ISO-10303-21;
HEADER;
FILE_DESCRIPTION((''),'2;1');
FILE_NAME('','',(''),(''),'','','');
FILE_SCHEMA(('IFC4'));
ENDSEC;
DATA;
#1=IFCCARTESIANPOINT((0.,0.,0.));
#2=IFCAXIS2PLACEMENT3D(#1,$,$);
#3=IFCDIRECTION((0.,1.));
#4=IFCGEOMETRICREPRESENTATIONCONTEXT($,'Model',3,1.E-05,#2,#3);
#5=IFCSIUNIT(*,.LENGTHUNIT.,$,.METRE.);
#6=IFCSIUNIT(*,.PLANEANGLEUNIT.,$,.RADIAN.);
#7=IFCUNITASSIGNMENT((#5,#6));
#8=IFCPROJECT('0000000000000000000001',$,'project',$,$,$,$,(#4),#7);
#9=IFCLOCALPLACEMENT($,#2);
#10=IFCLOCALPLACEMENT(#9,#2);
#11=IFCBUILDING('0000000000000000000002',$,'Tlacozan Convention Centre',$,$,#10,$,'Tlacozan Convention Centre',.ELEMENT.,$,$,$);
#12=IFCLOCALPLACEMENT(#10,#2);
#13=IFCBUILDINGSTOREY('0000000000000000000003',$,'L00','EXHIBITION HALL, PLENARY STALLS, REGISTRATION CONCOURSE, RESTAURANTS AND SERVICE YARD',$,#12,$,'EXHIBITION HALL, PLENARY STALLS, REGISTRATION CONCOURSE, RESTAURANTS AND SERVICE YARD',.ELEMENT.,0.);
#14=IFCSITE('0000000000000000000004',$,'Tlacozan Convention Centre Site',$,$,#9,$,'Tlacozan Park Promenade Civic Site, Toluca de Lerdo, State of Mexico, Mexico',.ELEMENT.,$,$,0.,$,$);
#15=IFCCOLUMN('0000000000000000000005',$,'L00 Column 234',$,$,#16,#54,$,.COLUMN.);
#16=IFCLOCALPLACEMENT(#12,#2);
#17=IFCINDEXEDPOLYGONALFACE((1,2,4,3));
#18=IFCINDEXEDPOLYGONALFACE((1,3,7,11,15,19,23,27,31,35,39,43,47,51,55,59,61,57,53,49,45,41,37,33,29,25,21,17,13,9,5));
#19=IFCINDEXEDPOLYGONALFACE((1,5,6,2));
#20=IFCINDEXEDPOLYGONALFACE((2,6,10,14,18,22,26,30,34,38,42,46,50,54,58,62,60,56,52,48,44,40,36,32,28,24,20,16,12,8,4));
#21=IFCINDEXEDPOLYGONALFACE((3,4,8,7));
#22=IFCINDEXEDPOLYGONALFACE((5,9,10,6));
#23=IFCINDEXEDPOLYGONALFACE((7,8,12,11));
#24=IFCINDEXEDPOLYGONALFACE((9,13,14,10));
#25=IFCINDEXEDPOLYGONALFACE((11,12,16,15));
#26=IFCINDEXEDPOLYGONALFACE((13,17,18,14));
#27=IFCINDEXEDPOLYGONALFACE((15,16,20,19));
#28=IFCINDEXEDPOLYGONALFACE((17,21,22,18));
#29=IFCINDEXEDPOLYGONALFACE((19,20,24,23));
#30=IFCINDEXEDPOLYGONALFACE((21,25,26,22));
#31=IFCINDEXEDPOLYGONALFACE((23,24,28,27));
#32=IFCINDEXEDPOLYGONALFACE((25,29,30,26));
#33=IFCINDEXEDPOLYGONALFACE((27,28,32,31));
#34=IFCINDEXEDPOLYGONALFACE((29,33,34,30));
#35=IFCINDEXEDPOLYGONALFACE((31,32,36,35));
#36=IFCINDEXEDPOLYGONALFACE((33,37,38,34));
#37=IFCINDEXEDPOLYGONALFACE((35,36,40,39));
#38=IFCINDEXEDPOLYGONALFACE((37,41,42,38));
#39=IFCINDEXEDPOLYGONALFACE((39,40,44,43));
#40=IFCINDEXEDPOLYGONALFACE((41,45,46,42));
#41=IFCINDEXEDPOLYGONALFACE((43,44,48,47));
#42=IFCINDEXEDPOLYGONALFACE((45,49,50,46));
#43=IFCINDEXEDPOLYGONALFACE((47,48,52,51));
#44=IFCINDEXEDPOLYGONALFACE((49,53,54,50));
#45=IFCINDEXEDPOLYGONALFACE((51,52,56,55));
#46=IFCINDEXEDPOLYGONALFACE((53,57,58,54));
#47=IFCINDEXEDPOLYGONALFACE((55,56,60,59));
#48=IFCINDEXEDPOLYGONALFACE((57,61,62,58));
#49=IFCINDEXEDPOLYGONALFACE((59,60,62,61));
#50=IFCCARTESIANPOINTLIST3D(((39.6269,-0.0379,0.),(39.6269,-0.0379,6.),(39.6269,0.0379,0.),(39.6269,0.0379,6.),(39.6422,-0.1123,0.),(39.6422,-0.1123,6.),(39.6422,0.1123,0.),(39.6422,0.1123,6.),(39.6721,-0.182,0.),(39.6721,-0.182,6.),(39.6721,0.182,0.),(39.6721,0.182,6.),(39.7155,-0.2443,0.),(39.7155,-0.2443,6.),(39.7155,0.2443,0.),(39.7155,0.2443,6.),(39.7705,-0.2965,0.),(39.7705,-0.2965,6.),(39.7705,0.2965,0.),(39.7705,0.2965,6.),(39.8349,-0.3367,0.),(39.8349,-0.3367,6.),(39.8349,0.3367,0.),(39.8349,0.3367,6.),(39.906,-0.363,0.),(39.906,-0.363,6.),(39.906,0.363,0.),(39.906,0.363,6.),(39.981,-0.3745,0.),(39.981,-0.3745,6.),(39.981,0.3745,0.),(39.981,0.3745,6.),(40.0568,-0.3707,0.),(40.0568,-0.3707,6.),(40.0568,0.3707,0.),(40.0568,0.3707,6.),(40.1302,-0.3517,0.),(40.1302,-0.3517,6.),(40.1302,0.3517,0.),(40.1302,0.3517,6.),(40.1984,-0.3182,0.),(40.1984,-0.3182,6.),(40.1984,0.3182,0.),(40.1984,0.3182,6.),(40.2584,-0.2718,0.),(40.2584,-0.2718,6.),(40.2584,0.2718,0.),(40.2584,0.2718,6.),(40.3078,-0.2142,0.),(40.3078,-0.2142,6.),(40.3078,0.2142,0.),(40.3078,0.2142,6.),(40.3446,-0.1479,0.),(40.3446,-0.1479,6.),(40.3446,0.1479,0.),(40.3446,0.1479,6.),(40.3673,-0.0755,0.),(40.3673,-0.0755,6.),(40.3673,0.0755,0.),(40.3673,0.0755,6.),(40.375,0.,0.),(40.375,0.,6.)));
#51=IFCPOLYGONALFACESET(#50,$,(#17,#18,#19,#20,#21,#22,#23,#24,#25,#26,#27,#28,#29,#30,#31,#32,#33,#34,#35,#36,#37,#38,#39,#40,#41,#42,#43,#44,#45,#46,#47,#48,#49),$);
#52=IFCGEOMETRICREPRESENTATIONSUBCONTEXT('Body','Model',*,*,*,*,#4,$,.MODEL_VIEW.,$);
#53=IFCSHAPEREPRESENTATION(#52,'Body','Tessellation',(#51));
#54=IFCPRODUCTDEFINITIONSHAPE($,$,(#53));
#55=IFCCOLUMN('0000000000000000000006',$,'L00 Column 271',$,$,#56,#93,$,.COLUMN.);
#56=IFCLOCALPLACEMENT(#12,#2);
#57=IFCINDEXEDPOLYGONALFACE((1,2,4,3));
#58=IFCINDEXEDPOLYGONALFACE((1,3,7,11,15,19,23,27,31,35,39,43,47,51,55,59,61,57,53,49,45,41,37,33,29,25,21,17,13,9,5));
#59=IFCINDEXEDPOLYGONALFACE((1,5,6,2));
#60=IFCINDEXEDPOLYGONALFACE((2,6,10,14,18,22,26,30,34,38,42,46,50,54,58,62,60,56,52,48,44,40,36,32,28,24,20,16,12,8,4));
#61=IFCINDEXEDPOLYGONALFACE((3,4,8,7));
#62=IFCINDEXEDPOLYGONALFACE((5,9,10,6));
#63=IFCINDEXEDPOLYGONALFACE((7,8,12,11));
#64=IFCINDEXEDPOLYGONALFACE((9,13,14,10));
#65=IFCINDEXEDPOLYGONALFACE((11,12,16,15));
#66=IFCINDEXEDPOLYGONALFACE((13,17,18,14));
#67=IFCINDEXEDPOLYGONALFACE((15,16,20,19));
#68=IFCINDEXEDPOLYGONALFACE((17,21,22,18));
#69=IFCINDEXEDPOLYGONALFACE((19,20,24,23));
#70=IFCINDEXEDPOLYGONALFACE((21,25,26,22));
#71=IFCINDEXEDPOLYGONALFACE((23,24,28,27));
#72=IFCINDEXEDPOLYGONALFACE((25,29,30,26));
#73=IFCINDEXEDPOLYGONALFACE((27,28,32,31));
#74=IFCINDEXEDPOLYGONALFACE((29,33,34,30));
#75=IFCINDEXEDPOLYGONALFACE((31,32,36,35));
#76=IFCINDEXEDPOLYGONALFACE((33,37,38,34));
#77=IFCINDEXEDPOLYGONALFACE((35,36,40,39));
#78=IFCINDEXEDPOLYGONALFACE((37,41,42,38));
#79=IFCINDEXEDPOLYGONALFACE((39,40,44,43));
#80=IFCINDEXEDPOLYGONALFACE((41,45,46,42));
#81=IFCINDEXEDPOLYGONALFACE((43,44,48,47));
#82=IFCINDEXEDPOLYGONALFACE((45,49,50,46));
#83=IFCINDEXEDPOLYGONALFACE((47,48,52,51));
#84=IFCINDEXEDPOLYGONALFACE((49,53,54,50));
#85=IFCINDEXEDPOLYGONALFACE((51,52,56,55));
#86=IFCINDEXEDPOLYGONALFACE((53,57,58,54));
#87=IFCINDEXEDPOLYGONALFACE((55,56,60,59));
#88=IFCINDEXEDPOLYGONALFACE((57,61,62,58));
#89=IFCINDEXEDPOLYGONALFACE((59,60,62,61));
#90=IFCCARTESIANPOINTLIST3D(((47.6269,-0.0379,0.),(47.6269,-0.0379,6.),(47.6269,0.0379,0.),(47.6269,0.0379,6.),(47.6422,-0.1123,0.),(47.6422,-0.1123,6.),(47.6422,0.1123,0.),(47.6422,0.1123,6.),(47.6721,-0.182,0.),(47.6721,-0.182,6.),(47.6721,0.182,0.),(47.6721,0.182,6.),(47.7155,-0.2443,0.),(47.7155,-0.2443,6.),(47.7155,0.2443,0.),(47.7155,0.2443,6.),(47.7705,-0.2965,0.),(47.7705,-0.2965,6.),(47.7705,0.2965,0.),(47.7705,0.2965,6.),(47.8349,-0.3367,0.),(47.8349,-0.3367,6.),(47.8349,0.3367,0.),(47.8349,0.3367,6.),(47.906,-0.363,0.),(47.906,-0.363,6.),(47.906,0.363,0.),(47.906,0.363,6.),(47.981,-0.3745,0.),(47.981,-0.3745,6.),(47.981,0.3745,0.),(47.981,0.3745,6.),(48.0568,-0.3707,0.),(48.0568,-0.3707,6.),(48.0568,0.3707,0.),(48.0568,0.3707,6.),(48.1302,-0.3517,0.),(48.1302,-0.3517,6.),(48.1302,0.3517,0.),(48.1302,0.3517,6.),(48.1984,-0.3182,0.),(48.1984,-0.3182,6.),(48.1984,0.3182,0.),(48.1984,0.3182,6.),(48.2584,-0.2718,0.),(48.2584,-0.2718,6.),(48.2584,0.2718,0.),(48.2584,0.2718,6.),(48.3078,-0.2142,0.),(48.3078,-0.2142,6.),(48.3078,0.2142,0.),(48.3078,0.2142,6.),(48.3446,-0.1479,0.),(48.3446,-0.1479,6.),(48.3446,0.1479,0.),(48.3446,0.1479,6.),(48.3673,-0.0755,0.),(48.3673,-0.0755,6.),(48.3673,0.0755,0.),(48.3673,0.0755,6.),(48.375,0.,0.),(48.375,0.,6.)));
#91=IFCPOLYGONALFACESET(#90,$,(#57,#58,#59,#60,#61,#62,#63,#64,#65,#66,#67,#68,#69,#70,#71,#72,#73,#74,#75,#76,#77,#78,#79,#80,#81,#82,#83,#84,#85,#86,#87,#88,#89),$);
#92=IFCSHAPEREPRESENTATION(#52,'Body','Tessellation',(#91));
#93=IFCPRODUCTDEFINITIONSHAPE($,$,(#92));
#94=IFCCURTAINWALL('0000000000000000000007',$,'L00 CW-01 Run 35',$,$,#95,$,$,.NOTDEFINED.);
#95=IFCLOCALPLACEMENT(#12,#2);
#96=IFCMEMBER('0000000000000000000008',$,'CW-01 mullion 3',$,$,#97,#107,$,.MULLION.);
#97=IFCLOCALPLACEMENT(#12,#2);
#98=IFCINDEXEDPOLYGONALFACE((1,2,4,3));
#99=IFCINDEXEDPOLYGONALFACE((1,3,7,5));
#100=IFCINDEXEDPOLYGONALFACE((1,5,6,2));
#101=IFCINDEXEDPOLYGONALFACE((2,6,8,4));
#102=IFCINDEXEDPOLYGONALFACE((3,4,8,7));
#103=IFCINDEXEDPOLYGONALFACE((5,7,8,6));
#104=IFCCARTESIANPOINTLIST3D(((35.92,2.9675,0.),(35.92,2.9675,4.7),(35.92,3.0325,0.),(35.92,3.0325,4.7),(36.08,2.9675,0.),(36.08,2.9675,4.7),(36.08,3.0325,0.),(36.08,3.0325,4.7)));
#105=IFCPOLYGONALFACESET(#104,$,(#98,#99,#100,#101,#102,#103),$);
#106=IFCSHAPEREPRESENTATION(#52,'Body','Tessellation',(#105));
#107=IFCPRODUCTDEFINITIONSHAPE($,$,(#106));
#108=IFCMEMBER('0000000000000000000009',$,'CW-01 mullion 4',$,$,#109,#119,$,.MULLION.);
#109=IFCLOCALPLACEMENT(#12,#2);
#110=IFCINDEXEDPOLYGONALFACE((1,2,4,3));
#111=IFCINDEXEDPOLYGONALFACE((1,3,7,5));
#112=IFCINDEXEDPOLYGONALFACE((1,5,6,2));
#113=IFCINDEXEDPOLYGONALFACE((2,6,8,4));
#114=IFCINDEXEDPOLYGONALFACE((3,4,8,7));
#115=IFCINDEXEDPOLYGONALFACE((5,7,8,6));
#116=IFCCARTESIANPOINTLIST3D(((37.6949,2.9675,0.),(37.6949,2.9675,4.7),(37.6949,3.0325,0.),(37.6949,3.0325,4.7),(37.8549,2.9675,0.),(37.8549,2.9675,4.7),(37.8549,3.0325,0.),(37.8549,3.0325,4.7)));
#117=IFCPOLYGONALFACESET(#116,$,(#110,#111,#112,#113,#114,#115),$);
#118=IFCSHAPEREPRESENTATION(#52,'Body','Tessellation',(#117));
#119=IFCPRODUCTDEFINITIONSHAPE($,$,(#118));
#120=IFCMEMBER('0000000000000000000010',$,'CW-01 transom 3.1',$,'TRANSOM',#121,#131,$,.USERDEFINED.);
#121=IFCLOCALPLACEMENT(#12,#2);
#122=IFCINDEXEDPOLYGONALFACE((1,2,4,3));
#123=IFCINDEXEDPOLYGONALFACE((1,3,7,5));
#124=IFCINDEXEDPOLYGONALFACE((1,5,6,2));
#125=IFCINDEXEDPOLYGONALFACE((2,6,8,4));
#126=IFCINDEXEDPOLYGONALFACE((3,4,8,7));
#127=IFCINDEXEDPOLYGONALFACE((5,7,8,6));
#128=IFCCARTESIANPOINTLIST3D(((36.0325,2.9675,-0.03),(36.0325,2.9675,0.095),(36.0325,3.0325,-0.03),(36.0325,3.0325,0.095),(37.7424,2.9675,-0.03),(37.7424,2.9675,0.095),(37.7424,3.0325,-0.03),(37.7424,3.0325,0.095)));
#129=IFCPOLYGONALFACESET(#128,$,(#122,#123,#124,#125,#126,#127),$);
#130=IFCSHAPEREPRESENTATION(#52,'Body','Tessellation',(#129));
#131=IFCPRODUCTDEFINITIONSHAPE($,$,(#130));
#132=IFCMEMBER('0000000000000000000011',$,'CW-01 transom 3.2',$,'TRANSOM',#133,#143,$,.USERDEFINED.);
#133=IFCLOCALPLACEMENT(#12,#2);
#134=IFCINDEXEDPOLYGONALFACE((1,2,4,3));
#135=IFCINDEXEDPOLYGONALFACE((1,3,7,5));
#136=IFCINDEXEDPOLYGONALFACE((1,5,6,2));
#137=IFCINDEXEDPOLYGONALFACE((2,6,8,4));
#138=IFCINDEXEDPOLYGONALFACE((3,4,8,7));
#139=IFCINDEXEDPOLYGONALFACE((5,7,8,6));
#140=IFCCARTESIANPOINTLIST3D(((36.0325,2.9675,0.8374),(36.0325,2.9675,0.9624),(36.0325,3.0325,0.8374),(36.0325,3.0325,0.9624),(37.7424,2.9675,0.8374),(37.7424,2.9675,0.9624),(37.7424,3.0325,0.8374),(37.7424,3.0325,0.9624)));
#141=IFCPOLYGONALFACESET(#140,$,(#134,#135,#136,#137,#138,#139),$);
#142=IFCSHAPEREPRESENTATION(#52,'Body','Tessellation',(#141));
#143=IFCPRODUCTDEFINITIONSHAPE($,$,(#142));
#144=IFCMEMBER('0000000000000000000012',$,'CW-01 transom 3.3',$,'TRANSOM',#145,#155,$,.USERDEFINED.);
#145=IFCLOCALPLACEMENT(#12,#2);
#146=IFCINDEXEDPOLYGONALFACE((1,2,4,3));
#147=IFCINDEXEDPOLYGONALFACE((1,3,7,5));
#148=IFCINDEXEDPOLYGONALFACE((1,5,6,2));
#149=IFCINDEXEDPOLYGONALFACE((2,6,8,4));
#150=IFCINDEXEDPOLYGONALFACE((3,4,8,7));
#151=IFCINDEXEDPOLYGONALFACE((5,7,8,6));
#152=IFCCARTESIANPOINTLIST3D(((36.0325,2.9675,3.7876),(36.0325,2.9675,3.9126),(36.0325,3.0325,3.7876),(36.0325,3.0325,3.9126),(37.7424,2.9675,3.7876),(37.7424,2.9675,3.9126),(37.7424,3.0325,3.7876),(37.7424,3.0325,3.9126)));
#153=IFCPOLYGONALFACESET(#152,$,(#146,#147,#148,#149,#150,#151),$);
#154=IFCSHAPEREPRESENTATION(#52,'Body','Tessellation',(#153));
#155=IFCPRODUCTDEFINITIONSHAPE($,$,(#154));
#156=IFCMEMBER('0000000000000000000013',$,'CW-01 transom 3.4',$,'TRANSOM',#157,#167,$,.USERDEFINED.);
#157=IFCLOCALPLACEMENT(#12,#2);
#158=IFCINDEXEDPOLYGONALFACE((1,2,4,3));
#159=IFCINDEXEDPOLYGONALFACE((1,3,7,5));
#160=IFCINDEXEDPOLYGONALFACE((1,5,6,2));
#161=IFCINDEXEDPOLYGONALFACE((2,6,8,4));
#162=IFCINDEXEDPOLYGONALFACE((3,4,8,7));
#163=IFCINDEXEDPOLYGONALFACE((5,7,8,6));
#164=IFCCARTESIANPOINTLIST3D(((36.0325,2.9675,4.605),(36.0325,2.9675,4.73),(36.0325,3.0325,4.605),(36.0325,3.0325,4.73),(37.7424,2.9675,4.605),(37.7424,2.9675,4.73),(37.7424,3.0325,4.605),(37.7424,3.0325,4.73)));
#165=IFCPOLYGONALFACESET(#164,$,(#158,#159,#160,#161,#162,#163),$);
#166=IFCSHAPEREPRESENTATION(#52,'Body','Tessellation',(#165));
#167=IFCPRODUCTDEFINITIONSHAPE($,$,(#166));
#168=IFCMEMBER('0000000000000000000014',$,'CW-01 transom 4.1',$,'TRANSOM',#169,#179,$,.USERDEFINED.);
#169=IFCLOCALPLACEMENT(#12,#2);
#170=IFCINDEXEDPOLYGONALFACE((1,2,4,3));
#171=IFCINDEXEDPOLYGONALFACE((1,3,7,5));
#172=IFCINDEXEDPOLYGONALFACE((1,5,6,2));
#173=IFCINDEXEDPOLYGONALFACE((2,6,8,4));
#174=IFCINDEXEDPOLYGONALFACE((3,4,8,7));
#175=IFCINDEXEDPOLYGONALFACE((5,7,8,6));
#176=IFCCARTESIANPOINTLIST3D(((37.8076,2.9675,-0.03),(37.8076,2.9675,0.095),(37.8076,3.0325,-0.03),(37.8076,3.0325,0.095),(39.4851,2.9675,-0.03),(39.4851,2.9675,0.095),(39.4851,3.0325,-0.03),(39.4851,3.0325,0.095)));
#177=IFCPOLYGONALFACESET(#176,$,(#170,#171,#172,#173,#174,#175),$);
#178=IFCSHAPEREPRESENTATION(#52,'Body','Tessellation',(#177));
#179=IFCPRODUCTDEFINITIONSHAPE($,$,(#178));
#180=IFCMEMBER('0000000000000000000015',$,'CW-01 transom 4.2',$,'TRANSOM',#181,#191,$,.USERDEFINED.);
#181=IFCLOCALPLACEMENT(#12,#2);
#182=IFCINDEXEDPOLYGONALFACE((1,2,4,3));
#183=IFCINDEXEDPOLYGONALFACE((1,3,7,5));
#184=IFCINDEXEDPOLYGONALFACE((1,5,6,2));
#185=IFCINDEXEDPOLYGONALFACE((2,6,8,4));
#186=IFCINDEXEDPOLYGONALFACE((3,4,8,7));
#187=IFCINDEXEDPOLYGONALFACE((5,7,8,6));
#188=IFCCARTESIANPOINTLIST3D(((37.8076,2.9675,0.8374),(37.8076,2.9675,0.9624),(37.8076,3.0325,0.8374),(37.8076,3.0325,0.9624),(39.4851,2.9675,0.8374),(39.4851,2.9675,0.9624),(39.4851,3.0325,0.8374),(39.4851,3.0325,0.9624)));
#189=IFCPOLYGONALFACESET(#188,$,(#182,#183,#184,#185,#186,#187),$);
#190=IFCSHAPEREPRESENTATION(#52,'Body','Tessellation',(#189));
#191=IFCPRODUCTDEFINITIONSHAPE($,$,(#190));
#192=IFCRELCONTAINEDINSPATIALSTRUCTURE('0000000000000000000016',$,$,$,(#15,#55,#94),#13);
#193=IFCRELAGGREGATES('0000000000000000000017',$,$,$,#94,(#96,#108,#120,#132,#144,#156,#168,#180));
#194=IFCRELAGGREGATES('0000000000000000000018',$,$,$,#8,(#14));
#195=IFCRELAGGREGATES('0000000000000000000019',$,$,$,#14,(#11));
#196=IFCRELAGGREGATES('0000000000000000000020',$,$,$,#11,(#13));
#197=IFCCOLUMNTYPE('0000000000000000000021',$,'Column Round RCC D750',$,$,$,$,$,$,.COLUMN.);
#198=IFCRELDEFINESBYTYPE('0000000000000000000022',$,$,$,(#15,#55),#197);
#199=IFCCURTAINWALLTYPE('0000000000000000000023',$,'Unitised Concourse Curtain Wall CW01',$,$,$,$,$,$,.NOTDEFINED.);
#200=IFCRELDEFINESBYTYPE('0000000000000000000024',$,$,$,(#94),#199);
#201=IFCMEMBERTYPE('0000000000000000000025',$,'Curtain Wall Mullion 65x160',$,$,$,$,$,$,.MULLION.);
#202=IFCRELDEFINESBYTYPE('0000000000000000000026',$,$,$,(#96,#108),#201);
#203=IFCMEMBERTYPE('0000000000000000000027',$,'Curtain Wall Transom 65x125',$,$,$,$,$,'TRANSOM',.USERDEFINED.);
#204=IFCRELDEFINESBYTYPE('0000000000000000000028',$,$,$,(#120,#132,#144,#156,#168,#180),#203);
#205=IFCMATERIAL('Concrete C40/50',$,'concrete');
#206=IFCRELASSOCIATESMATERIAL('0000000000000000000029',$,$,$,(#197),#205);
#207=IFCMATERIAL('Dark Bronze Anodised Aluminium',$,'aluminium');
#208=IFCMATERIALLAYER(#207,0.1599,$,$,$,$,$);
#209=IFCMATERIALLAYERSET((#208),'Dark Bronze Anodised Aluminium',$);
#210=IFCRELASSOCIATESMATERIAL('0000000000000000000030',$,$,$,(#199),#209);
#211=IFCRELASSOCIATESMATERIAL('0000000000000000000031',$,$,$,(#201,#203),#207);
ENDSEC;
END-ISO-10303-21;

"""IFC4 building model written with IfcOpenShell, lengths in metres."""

from ifc_helpers import new_model, si_unit, direction, frame, origin, origin_2d, place, context, subcontext, project, spatial, rectangle, circle, extrude, material, layer, layer_set, material_profile, profile_set, type_object, element, aggregate, save


model = new_model("IFC4")

# Units and contexts
model_context = context("Model", 3, precision=1e-05, world=origin(), true_north=direction((0.0, 1.0)))
body_context = subcontext(model_context, "Body", "Model", "MODEL_VIEW")
ifc_project = project(units=[si_unit("LENGTHUNIT", "METRE"), si_unit("PLANEANGLEUNIT", "RADIAN")], contexts=[model_context])

# Site, building, storey
site_placement = place(None, origin())
site = spatial("IfcSite", under=ifc_project, at=site_placement, Name="Tlacozan Convention Centre Site", LongName="Tlacozan Park Promenade Civic Site, Toluca de Lerdo, State of Mexico, Mexico", CompositionType="ELEMENT", RefElevation=0.0)
building_placement = place(site_placement, origin())
building = spatial("IfcBuilding", under=site, at=building_placement, Name="Tlacozan Convention Centre", LongName="Tlacozan Convention Centre", CompositionType="ELEMENT")
storey_placement = place(building_placement, origin())
storey = spatial("IfcBuildingStorey", under=building, at=storey_placement, Name="L00", Description="EXHIBITION HALL, PLENARY STALLS, REGISTRATION CONCOURSE, RESTAURANTS AND SERVICE YARD", LongName="EXHIBITION HALL, PLENARY STALLS, REGISTRATION CONCOURSE, RESTAURANTS AND SERVICE YARD", CompositionType="ELEMENT", Elevation=0.0)

# Columns
ifc_material_1 = material(Name="Concrete C40/50", Category="concrete")
ifc_material_profile_1 = material_profile(ifc_material_1, circle(Radius=0.375, at=origin_2d()), Name="RCC D750")
ifc_profile_set_1 = profile_set([ifc_material_profile_1], Name="Concrete C40/50")
column_type = type_object("IfcColumnType", Name="Column Round RCC D750", PredefinedType="COLUMN", material=ifc_profile_set_1)
for number, where, z_axis, x_axis, name in (
    (1, (40.0, 0.0, 0.0), (0.0, 0.0, 1.0), (1.0, 0.0, 0.0), "L00 Column 234"),
    (2, (48.0, 0.0, 0.0), (0.0, 0.0, 1.0), (1.0, 0.0, 0.0), "L00 Column 271"),
):
    element("IfcColumn", number, at=place(storey_placement, frame(where, z_axis=z_axis, x_axis=x_axis)), inside=storey, type_object=column_type, Name=name, PredefinedType="COLUMN", context=body_context, shape_type="SweptSolid", body=[
        extrude(circle(Radius=0.375, at=origin_2d()), origin(), (0.0, 0.0, 1.0), 6.0),
    ])

# Curtain wall, members
ifc_material_2 = material(Name="Dark Bronze Anodised Aluminium", Category="aluminium")
ifc_layer_1 = layer(ifc_material_2, 0.1599)
ifc_layer_set_1 = layer_set([ifc_layer_1], Name="Dark Bronze Anodised Aluminium")
curtain_wall_type = type_object("IfcCurtainWallType", Name="Unitised Concourse Curtain Wall CW01", PredefinedType="NOTDEFINED", material=ifc_layer_set_1)
curtain_wall_placement = place(storey_placement, origin())
curtain_wall = element("IfcCurtainWall", 3, at=curtain_wall_placement, inside=storey, type_object=curtain_wall_type, Name="L00 CW-01 Run 35", PredefinedType="NOTDEFINED")
ifc_material_profile_2 = material_profile(ifc_material_2, rectangle(XDim=0.0649, YDim=0.1599, at=origin_2d()), Name="ALU 65x160")
ifc_profile_set_2 = profile_set([ifc_material_profile_2], Name="Dark Bronze Anodised Aluminium")
member_type_1 = type_object("IfcMemberType", Name="Curtain Wall Mullion 65x160", PredefinedType="MULLION", material=ifc_profile_set_2)
member_1_placement = place(storey_placement, frame((36.0, 3.0, 0.0), z_axis=(0.0, 0.0, 1.0), x_axis=(0.0, 1.0, 0.0)))
member_1 = element("IfcMember", 4, at=member_1_placement, type_object=member_type_1, Name="CW-01 mullion 3", PredefinedType="MULLION", context=body_context, shape_type="SweptSolid", body=[
    extrude(rectangle(XDim=0.0649, YDim=0.1599, at=origin_2d()), origin(), (0.0, 0.0, 1.0), 4.7),
])
member_2_placement = place(storey_placement, frame((37.7749, 3.0, 0.0), z_axis=(0.0, 0.0, 1.0), x_axis=(0.0, 1.0, 0.0)))
member_2 = element("IfcMember", 5, at=member_2_placement, type_object=member_type_1, Name="CW-01 mullion 4", PredefinedType="MULLION", context=body_context, shape_type="SweptSolid", body=[
    extrude(rectangle(XDim=0.0649, YDim=0.1599, at=origin_2d()), origin(), (0.0, 0.0, 1.0), 4.7),
])
ifc_material_profile_3 = material_profile(ifc_material_2, rectangle(XDim=0.0649, YDim=0.125, at=origin_2d()), Name="ALU 65x125")
ifc_profile_set_3 = profile_set([ifc_material_profile_3], Name="Dark Bronze Anodised Aluminium")
member_type_2 = type_object("IfcMemberType", Name="Curtain Wall Transom 65x125", ElementType="TRANSOM", PredefinedType="USERDEFINED", material=ifc_profile_set_3)
member_3_placement = place(storey_placement, frame((36.0325, 3.0, 0.0325), z_axis=(1.0, 0.0, 0.0), x_axis=(0.0, 1.0, 0.0)))
member_3 = element("IfcMember", 6, at=member_3_placement, type_object=member_type_2, Name="CW-01 transom 3.1", ObjectType="TRANSOM", PredefinedType="USERDEFINED", context=body_context, shape_type="SweptSolid", body=[
    extrude(rectangle(XDim=0.0649, YDim=0.125, at=origin_2d()), origin(), (0.0, 0.0, 1.0), 1.71),
])
member_4_placement = place(storey_placement, frame((36.0325, 3.0, 0.8999), z_axis=(1.0, 0.0, 0.0), x_axis=(0.0, 1.0, 0.0)))
member_4 = element("IfcMember", 7, at=member_4_placement, type_object=member_type_2, Name="CW-01 transom 3.2", ObjectType="TRANSOM", PredefinedType="USERDEFINED", context=body_context, shape_type="SweptSolid", body=[
    extrude(rectangle(XDim=0.0649, YDim=0.125, at=origin_2d()), origin(), (0.0, 0.0, 1.0), 1.71),
])
member_5_placement = place(storey_placement, frame((36.0325, 3.0, 3.8501), z_axis=(1.0, 0.0, 0.0), x_axis=(0.0, 1.0, 0.0)))
member_5 = element("IfcMember", 8, at=member_5_placement, type_object=member_type_2, Name="CW-01 transom 3.3", ObjectType="TRANSOM", PredefinedType="USERDEFINED", context=body_context, shape_type="SweptSolid", body=[
    extrude(rectangle(XDim=0.0649, YDim=0.125, at=origin_2d()), origin(), (0.0, 0.0, 1.0), 1.71),
])
member_6_placement = place(storey_placement, frame((36.0325, 3.0, 4.6675), z_axis=(1.0, 0.0, 0.0), x_axis=(0.0, 1.0, 0.0)))
member_6 = element("IfcMember", 9, at=member_6_placement, type_object=member_type_2, Name="CW-01 transom 3.4", ObjectType="TRANSOM", PredefinedType="USERDEFINED", context=body_context, shape_type="SweptSolid", body=[
    extrude(rectangle(XDim=0.0649, YDim=0.125, at=origin_2d()), origin(), (0.0, 0.0, 1.0), 1.71),
])
member_7_placement = place(storey_placement, frame((37.8076, 3.0, 0.0325), z_axis=(1.0, 0.0, 0.0), x_axis=(0.0, 1.0, 0.0)))
member_7 = element("IfcMember", 10, at=member_7_placement, type_object=member_type_2, Name="CW-01 transom 4.1", ObjectType="TRANSOM", PredefinedType="USERDEFINED", context=body_context, shape_type="SweptSolid", body=[
    extrude(rectangle(XDim=0.0649, YDim=0.125, at=origin_2d()), origin(), (0.0, 0.0, 1.0), 1.6775),
])
member_8_placement = place(storey_placement, frame((37.8076, 3.0, 0.8999), z_axis=(1.0, 0.0, 0.0), x_axis=(0.0, 1.0, 0.0)))
member_8 = element("IfcMember", 11, at=member_8_placement, type_object=member_type_2, Name="CW-01 transom 4.2", ObjectType="TRANSOM", PredefinedType="USERDEFINED", context=body_context, shape_type="SweptSolid", body=[
    extrude(rectangle(XDim=0.0649, YDim=0.125, at=origin_2d()), origin(), (0.0, 0.0, 1.0), 1.6775),
])

aggregate(curtain_wall, [member_1, member_2, member_3, member_4, member_5, member_6, member_7, member_8])

save(model, "model.ifc")
